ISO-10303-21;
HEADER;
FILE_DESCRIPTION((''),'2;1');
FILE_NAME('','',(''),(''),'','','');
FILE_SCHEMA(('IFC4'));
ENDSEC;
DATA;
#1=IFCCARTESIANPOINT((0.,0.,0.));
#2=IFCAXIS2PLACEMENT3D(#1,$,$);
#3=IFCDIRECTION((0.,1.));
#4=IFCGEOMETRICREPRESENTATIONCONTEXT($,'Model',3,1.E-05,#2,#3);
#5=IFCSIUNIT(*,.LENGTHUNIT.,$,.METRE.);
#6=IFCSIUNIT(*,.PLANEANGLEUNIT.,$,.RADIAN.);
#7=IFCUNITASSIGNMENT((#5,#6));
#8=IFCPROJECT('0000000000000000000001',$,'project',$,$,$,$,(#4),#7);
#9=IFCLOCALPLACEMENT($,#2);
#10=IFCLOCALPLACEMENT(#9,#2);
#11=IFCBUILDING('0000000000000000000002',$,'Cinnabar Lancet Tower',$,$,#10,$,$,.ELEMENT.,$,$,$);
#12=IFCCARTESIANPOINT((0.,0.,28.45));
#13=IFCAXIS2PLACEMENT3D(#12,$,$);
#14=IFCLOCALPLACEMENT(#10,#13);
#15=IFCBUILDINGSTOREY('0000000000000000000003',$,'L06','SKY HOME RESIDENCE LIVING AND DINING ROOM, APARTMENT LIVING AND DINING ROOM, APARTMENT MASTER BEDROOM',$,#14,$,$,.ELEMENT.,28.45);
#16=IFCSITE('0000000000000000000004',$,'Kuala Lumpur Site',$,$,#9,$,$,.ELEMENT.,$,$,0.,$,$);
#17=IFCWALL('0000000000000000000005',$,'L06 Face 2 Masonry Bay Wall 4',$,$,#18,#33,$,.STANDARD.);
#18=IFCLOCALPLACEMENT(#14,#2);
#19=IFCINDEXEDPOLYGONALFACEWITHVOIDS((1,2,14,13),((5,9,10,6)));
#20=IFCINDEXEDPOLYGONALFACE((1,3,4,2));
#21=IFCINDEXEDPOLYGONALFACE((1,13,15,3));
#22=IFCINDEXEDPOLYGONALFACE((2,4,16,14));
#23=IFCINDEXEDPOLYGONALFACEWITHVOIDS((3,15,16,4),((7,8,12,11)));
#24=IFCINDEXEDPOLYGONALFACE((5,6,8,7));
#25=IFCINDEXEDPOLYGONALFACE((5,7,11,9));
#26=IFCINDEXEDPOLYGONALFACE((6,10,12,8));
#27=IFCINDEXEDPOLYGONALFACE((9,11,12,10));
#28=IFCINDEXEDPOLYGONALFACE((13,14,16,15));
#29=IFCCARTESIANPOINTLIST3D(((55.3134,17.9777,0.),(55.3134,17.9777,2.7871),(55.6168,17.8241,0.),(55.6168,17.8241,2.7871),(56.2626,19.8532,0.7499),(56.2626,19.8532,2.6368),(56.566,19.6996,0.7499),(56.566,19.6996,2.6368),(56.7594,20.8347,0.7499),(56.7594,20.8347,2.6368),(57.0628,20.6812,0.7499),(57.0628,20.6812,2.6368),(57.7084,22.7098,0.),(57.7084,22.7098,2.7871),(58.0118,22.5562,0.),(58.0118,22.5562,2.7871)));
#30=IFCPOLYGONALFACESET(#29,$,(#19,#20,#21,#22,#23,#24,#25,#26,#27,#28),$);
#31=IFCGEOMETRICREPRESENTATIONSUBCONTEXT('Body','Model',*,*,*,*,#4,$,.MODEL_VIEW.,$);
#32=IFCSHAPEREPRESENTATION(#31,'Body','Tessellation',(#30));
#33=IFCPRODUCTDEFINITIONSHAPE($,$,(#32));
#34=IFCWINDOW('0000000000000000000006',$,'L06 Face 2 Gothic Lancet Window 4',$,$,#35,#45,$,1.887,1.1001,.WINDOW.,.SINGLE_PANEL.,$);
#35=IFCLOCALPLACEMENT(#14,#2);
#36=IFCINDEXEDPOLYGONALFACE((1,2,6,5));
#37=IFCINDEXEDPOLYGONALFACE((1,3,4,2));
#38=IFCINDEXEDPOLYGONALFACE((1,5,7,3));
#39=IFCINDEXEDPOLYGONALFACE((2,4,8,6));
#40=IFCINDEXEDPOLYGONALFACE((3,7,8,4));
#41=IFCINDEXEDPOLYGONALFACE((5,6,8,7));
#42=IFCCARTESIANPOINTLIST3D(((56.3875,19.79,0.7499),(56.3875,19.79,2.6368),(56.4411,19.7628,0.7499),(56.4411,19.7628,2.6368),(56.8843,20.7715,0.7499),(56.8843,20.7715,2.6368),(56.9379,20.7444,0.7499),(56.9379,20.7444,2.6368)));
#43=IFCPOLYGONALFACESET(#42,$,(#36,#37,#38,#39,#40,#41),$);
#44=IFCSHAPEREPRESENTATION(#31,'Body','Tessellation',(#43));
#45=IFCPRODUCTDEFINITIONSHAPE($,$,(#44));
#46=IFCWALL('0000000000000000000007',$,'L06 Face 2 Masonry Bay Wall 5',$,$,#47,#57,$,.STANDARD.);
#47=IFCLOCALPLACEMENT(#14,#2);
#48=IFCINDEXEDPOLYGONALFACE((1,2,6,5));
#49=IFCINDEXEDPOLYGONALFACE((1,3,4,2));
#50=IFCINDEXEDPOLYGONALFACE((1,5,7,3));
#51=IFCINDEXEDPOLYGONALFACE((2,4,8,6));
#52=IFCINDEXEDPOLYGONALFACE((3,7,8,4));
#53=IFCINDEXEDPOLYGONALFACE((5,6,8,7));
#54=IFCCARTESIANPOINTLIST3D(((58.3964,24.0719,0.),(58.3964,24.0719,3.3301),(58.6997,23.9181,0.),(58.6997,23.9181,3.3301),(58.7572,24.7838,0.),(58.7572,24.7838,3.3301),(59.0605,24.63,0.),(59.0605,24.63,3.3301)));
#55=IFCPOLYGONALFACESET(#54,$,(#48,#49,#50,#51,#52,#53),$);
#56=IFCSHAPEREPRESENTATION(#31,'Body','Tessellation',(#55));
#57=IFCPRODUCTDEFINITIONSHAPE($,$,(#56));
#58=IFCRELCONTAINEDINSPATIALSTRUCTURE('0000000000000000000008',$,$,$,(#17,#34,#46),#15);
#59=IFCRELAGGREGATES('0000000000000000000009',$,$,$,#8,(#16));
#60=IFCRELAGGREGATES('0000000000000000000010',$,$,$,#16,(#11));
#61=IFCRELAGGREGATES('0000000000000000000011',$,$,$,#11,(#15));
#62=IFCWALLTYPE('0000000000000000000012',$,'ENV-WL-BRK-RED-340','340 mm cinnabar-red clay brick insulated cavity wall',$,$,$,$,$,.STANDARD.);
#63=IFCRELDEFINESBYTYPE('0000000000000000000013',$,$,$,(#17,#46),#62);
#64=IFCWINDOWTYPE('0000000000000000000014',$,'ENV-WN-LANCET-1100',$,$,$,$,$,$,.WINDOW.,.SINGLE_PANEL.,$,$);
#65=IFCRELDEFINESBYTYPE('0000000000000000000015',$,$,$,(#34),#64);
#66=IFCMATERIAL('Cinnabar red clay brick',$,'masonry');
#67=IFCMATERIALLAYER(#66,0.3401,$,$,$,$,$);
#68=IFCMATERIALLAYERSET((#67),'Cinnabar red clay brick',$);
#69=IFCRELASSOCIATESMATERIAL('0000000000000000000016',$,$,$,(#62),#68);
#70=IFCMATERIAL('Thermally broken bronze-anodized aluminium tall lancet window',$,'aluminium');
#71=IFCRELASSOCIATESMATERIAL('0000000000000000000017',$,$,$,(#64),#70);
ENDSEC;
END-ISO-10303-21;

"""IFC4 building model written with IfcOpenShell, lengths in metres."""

from ifc_helpers import new_model, si_unit, direction, frame, frame_2d, origin, place, context, subcontext, project, spatial, rectangle, extrude, material, layer, layer_set, type_object, element, fill, save


model = new_model("IFC4")

# Units and contexts
model_context = context("Model", 3, precision=1e-05, world=origin(), true_north=direction((0.0, 1.0)))
body_context = subcontext(model_context, "Body", "Model", "MODEL_VIEW")
ifc_project = project(units=[si_unit("LENGTHUNIT", "METRE"), si_unit("PLANEANGLEUNIT", "RADIAN")], contexts=[model_context])

# Site, building, storey
site_placement = place(None, origin())
site = spatial("IfcSite", under=ifc_project, at=site_placement, Name="Kuala Lumpur Site", CompositionType="ELEMENT", RefElevation=0.0)
building_placement = place(site_placement, origin())
building = spatial("IfcBuilding", under=site, at=building_placement, Name="Cinnabar Lancet Tower", CompositionType="ELEMENT")
storey_placement = place(building_placement, frame((0.0, 0.0, 28.45)))
storey = spatial("IfcBuildingStorey", under=building, at=storey_placement, Name="L06", Description="SKY HOME RESIDENCE LIVING AND DINING ROOM, APARTMENT LIVING AND DINING ROOM, APARTMENT MASTER BEDROOM", CompositionType="ELEMENT", Elevation=28.45)

# Wall, opening, window
ifc_material_1 = material(Name="Cinnabar red clay brick", Category="masonry")
ifc_layer_1 = layer(ifc_material_1, 0.3401)
ifc_layer_set_1 = layer_set([ifc_layer_1], Name="Cinnabar red clay brick")
wall_type_1 = type_object("IfcWallType", Name="ENV-WL-BRK-RED-340", Description="340 mm cinnabar-red clay brick insulated cavity wall", PredefinedType="STANDARD", material=ifc_layer_set_1)
wall_1_placement = place(storey_placement, frame((55.4651, 17.9009, 0.0), z_axis=(0.0, 0.0, 1.0), x_axis=(0.451572, 0.892235, 0.0)))
wall_1 = element("IfcWall", 1, at=wall_1_placement, inside=storey, type_object=wall_type_1, Name="L06 Face 2 Masonry Bay Wall 4", PredefinedType="STANDARD", context=body_context, shape_type="SweptSolid", body=[
    extrude(rectangle(XDim=5.3037, YDim=0.3401, at=frame_2d((2.6519, 0.0))), origin(), (0.0, 0.0, 1.0), 2.7871),
])
opening_1_placement = place(wall_1_placement, frame((2.1021, 0.0, 0.75)))
opening_1 = element("IfcOpeningElement", 2, at=opening_1_placement, cuts=wall_1, PredefinedType="OPENING", context=body_context, shape_type="SweptSolid", body=[
    extrude(rectangle(XDim=1.1001, YDim=1.887, at=frame_2d((0.55, 0.9434))), frame((0.0, 0.1799, 0.0), z_axis=(0.0, -1.0, 0.0), x_axis=(1.0, 0.0, 0.0)), (0.0, 0.0, 1.0), 0.3601),
])
ifc_material_2 = material(Name="Thermally broken bronze-anodized aluminium tall lancet window", Category="aluminium")
window_type = type_object("IfcWindowType", Name="ENV-WN-LANCET-1100", PartitioningType="SINGLE_PANEL", PredefinedType="WINDOW", material=ifc_material_2)
window_placement = place(opening_1_placement, origin())
window = element("IfcWindow", 3, at=window_placement, inside=storey, type_object=window_type, Name="L06 Face 2 Gothic Lancet Window 4", OverallHeight=1.887, OverallWidth=1.1001, PartitioningType="SINGLE_PANEL", PredefinedType="WINDOW", context=body_context, shape_type="SweptSolid", body=[
    extrude(rectangle(XDim=1.1001, YDim=1.887, at=frame_2d((0.55, 0.9434))), frame((0.0, 0.03, 0.0), z_axis=(0.0, -1.0, 0.0), x_axis=(1.0, 0.0, 0.0)), (0.0, 0.0, 1.0), 0.0601),
])
fill(opening_1, window)

# Wall
wall_2_placement = place(storey_placement, frame((58.5481, 23.9951, 0.0), z_axis=(0.0, 0.0, 1.0), x_axis=(0.452101, 0.891967, 0.0)))
element("IfcWall", 4, at=wall_2_placement, inside=storey, type_object=wall_type_1, Name="L06 Face 2 Masonry Bay Wall 5", PredefinedType="STANDARD", context=body_context, shape_type="SweptSolid", body=[
    extrude(rectangle(XDim=0.7981, YDim=0.3401, at=frame_2d((0.3989, 0.0))), origin(), (0.0, 0.0, 1.0), 3.3301),
])

save(model, "model.ifc")
